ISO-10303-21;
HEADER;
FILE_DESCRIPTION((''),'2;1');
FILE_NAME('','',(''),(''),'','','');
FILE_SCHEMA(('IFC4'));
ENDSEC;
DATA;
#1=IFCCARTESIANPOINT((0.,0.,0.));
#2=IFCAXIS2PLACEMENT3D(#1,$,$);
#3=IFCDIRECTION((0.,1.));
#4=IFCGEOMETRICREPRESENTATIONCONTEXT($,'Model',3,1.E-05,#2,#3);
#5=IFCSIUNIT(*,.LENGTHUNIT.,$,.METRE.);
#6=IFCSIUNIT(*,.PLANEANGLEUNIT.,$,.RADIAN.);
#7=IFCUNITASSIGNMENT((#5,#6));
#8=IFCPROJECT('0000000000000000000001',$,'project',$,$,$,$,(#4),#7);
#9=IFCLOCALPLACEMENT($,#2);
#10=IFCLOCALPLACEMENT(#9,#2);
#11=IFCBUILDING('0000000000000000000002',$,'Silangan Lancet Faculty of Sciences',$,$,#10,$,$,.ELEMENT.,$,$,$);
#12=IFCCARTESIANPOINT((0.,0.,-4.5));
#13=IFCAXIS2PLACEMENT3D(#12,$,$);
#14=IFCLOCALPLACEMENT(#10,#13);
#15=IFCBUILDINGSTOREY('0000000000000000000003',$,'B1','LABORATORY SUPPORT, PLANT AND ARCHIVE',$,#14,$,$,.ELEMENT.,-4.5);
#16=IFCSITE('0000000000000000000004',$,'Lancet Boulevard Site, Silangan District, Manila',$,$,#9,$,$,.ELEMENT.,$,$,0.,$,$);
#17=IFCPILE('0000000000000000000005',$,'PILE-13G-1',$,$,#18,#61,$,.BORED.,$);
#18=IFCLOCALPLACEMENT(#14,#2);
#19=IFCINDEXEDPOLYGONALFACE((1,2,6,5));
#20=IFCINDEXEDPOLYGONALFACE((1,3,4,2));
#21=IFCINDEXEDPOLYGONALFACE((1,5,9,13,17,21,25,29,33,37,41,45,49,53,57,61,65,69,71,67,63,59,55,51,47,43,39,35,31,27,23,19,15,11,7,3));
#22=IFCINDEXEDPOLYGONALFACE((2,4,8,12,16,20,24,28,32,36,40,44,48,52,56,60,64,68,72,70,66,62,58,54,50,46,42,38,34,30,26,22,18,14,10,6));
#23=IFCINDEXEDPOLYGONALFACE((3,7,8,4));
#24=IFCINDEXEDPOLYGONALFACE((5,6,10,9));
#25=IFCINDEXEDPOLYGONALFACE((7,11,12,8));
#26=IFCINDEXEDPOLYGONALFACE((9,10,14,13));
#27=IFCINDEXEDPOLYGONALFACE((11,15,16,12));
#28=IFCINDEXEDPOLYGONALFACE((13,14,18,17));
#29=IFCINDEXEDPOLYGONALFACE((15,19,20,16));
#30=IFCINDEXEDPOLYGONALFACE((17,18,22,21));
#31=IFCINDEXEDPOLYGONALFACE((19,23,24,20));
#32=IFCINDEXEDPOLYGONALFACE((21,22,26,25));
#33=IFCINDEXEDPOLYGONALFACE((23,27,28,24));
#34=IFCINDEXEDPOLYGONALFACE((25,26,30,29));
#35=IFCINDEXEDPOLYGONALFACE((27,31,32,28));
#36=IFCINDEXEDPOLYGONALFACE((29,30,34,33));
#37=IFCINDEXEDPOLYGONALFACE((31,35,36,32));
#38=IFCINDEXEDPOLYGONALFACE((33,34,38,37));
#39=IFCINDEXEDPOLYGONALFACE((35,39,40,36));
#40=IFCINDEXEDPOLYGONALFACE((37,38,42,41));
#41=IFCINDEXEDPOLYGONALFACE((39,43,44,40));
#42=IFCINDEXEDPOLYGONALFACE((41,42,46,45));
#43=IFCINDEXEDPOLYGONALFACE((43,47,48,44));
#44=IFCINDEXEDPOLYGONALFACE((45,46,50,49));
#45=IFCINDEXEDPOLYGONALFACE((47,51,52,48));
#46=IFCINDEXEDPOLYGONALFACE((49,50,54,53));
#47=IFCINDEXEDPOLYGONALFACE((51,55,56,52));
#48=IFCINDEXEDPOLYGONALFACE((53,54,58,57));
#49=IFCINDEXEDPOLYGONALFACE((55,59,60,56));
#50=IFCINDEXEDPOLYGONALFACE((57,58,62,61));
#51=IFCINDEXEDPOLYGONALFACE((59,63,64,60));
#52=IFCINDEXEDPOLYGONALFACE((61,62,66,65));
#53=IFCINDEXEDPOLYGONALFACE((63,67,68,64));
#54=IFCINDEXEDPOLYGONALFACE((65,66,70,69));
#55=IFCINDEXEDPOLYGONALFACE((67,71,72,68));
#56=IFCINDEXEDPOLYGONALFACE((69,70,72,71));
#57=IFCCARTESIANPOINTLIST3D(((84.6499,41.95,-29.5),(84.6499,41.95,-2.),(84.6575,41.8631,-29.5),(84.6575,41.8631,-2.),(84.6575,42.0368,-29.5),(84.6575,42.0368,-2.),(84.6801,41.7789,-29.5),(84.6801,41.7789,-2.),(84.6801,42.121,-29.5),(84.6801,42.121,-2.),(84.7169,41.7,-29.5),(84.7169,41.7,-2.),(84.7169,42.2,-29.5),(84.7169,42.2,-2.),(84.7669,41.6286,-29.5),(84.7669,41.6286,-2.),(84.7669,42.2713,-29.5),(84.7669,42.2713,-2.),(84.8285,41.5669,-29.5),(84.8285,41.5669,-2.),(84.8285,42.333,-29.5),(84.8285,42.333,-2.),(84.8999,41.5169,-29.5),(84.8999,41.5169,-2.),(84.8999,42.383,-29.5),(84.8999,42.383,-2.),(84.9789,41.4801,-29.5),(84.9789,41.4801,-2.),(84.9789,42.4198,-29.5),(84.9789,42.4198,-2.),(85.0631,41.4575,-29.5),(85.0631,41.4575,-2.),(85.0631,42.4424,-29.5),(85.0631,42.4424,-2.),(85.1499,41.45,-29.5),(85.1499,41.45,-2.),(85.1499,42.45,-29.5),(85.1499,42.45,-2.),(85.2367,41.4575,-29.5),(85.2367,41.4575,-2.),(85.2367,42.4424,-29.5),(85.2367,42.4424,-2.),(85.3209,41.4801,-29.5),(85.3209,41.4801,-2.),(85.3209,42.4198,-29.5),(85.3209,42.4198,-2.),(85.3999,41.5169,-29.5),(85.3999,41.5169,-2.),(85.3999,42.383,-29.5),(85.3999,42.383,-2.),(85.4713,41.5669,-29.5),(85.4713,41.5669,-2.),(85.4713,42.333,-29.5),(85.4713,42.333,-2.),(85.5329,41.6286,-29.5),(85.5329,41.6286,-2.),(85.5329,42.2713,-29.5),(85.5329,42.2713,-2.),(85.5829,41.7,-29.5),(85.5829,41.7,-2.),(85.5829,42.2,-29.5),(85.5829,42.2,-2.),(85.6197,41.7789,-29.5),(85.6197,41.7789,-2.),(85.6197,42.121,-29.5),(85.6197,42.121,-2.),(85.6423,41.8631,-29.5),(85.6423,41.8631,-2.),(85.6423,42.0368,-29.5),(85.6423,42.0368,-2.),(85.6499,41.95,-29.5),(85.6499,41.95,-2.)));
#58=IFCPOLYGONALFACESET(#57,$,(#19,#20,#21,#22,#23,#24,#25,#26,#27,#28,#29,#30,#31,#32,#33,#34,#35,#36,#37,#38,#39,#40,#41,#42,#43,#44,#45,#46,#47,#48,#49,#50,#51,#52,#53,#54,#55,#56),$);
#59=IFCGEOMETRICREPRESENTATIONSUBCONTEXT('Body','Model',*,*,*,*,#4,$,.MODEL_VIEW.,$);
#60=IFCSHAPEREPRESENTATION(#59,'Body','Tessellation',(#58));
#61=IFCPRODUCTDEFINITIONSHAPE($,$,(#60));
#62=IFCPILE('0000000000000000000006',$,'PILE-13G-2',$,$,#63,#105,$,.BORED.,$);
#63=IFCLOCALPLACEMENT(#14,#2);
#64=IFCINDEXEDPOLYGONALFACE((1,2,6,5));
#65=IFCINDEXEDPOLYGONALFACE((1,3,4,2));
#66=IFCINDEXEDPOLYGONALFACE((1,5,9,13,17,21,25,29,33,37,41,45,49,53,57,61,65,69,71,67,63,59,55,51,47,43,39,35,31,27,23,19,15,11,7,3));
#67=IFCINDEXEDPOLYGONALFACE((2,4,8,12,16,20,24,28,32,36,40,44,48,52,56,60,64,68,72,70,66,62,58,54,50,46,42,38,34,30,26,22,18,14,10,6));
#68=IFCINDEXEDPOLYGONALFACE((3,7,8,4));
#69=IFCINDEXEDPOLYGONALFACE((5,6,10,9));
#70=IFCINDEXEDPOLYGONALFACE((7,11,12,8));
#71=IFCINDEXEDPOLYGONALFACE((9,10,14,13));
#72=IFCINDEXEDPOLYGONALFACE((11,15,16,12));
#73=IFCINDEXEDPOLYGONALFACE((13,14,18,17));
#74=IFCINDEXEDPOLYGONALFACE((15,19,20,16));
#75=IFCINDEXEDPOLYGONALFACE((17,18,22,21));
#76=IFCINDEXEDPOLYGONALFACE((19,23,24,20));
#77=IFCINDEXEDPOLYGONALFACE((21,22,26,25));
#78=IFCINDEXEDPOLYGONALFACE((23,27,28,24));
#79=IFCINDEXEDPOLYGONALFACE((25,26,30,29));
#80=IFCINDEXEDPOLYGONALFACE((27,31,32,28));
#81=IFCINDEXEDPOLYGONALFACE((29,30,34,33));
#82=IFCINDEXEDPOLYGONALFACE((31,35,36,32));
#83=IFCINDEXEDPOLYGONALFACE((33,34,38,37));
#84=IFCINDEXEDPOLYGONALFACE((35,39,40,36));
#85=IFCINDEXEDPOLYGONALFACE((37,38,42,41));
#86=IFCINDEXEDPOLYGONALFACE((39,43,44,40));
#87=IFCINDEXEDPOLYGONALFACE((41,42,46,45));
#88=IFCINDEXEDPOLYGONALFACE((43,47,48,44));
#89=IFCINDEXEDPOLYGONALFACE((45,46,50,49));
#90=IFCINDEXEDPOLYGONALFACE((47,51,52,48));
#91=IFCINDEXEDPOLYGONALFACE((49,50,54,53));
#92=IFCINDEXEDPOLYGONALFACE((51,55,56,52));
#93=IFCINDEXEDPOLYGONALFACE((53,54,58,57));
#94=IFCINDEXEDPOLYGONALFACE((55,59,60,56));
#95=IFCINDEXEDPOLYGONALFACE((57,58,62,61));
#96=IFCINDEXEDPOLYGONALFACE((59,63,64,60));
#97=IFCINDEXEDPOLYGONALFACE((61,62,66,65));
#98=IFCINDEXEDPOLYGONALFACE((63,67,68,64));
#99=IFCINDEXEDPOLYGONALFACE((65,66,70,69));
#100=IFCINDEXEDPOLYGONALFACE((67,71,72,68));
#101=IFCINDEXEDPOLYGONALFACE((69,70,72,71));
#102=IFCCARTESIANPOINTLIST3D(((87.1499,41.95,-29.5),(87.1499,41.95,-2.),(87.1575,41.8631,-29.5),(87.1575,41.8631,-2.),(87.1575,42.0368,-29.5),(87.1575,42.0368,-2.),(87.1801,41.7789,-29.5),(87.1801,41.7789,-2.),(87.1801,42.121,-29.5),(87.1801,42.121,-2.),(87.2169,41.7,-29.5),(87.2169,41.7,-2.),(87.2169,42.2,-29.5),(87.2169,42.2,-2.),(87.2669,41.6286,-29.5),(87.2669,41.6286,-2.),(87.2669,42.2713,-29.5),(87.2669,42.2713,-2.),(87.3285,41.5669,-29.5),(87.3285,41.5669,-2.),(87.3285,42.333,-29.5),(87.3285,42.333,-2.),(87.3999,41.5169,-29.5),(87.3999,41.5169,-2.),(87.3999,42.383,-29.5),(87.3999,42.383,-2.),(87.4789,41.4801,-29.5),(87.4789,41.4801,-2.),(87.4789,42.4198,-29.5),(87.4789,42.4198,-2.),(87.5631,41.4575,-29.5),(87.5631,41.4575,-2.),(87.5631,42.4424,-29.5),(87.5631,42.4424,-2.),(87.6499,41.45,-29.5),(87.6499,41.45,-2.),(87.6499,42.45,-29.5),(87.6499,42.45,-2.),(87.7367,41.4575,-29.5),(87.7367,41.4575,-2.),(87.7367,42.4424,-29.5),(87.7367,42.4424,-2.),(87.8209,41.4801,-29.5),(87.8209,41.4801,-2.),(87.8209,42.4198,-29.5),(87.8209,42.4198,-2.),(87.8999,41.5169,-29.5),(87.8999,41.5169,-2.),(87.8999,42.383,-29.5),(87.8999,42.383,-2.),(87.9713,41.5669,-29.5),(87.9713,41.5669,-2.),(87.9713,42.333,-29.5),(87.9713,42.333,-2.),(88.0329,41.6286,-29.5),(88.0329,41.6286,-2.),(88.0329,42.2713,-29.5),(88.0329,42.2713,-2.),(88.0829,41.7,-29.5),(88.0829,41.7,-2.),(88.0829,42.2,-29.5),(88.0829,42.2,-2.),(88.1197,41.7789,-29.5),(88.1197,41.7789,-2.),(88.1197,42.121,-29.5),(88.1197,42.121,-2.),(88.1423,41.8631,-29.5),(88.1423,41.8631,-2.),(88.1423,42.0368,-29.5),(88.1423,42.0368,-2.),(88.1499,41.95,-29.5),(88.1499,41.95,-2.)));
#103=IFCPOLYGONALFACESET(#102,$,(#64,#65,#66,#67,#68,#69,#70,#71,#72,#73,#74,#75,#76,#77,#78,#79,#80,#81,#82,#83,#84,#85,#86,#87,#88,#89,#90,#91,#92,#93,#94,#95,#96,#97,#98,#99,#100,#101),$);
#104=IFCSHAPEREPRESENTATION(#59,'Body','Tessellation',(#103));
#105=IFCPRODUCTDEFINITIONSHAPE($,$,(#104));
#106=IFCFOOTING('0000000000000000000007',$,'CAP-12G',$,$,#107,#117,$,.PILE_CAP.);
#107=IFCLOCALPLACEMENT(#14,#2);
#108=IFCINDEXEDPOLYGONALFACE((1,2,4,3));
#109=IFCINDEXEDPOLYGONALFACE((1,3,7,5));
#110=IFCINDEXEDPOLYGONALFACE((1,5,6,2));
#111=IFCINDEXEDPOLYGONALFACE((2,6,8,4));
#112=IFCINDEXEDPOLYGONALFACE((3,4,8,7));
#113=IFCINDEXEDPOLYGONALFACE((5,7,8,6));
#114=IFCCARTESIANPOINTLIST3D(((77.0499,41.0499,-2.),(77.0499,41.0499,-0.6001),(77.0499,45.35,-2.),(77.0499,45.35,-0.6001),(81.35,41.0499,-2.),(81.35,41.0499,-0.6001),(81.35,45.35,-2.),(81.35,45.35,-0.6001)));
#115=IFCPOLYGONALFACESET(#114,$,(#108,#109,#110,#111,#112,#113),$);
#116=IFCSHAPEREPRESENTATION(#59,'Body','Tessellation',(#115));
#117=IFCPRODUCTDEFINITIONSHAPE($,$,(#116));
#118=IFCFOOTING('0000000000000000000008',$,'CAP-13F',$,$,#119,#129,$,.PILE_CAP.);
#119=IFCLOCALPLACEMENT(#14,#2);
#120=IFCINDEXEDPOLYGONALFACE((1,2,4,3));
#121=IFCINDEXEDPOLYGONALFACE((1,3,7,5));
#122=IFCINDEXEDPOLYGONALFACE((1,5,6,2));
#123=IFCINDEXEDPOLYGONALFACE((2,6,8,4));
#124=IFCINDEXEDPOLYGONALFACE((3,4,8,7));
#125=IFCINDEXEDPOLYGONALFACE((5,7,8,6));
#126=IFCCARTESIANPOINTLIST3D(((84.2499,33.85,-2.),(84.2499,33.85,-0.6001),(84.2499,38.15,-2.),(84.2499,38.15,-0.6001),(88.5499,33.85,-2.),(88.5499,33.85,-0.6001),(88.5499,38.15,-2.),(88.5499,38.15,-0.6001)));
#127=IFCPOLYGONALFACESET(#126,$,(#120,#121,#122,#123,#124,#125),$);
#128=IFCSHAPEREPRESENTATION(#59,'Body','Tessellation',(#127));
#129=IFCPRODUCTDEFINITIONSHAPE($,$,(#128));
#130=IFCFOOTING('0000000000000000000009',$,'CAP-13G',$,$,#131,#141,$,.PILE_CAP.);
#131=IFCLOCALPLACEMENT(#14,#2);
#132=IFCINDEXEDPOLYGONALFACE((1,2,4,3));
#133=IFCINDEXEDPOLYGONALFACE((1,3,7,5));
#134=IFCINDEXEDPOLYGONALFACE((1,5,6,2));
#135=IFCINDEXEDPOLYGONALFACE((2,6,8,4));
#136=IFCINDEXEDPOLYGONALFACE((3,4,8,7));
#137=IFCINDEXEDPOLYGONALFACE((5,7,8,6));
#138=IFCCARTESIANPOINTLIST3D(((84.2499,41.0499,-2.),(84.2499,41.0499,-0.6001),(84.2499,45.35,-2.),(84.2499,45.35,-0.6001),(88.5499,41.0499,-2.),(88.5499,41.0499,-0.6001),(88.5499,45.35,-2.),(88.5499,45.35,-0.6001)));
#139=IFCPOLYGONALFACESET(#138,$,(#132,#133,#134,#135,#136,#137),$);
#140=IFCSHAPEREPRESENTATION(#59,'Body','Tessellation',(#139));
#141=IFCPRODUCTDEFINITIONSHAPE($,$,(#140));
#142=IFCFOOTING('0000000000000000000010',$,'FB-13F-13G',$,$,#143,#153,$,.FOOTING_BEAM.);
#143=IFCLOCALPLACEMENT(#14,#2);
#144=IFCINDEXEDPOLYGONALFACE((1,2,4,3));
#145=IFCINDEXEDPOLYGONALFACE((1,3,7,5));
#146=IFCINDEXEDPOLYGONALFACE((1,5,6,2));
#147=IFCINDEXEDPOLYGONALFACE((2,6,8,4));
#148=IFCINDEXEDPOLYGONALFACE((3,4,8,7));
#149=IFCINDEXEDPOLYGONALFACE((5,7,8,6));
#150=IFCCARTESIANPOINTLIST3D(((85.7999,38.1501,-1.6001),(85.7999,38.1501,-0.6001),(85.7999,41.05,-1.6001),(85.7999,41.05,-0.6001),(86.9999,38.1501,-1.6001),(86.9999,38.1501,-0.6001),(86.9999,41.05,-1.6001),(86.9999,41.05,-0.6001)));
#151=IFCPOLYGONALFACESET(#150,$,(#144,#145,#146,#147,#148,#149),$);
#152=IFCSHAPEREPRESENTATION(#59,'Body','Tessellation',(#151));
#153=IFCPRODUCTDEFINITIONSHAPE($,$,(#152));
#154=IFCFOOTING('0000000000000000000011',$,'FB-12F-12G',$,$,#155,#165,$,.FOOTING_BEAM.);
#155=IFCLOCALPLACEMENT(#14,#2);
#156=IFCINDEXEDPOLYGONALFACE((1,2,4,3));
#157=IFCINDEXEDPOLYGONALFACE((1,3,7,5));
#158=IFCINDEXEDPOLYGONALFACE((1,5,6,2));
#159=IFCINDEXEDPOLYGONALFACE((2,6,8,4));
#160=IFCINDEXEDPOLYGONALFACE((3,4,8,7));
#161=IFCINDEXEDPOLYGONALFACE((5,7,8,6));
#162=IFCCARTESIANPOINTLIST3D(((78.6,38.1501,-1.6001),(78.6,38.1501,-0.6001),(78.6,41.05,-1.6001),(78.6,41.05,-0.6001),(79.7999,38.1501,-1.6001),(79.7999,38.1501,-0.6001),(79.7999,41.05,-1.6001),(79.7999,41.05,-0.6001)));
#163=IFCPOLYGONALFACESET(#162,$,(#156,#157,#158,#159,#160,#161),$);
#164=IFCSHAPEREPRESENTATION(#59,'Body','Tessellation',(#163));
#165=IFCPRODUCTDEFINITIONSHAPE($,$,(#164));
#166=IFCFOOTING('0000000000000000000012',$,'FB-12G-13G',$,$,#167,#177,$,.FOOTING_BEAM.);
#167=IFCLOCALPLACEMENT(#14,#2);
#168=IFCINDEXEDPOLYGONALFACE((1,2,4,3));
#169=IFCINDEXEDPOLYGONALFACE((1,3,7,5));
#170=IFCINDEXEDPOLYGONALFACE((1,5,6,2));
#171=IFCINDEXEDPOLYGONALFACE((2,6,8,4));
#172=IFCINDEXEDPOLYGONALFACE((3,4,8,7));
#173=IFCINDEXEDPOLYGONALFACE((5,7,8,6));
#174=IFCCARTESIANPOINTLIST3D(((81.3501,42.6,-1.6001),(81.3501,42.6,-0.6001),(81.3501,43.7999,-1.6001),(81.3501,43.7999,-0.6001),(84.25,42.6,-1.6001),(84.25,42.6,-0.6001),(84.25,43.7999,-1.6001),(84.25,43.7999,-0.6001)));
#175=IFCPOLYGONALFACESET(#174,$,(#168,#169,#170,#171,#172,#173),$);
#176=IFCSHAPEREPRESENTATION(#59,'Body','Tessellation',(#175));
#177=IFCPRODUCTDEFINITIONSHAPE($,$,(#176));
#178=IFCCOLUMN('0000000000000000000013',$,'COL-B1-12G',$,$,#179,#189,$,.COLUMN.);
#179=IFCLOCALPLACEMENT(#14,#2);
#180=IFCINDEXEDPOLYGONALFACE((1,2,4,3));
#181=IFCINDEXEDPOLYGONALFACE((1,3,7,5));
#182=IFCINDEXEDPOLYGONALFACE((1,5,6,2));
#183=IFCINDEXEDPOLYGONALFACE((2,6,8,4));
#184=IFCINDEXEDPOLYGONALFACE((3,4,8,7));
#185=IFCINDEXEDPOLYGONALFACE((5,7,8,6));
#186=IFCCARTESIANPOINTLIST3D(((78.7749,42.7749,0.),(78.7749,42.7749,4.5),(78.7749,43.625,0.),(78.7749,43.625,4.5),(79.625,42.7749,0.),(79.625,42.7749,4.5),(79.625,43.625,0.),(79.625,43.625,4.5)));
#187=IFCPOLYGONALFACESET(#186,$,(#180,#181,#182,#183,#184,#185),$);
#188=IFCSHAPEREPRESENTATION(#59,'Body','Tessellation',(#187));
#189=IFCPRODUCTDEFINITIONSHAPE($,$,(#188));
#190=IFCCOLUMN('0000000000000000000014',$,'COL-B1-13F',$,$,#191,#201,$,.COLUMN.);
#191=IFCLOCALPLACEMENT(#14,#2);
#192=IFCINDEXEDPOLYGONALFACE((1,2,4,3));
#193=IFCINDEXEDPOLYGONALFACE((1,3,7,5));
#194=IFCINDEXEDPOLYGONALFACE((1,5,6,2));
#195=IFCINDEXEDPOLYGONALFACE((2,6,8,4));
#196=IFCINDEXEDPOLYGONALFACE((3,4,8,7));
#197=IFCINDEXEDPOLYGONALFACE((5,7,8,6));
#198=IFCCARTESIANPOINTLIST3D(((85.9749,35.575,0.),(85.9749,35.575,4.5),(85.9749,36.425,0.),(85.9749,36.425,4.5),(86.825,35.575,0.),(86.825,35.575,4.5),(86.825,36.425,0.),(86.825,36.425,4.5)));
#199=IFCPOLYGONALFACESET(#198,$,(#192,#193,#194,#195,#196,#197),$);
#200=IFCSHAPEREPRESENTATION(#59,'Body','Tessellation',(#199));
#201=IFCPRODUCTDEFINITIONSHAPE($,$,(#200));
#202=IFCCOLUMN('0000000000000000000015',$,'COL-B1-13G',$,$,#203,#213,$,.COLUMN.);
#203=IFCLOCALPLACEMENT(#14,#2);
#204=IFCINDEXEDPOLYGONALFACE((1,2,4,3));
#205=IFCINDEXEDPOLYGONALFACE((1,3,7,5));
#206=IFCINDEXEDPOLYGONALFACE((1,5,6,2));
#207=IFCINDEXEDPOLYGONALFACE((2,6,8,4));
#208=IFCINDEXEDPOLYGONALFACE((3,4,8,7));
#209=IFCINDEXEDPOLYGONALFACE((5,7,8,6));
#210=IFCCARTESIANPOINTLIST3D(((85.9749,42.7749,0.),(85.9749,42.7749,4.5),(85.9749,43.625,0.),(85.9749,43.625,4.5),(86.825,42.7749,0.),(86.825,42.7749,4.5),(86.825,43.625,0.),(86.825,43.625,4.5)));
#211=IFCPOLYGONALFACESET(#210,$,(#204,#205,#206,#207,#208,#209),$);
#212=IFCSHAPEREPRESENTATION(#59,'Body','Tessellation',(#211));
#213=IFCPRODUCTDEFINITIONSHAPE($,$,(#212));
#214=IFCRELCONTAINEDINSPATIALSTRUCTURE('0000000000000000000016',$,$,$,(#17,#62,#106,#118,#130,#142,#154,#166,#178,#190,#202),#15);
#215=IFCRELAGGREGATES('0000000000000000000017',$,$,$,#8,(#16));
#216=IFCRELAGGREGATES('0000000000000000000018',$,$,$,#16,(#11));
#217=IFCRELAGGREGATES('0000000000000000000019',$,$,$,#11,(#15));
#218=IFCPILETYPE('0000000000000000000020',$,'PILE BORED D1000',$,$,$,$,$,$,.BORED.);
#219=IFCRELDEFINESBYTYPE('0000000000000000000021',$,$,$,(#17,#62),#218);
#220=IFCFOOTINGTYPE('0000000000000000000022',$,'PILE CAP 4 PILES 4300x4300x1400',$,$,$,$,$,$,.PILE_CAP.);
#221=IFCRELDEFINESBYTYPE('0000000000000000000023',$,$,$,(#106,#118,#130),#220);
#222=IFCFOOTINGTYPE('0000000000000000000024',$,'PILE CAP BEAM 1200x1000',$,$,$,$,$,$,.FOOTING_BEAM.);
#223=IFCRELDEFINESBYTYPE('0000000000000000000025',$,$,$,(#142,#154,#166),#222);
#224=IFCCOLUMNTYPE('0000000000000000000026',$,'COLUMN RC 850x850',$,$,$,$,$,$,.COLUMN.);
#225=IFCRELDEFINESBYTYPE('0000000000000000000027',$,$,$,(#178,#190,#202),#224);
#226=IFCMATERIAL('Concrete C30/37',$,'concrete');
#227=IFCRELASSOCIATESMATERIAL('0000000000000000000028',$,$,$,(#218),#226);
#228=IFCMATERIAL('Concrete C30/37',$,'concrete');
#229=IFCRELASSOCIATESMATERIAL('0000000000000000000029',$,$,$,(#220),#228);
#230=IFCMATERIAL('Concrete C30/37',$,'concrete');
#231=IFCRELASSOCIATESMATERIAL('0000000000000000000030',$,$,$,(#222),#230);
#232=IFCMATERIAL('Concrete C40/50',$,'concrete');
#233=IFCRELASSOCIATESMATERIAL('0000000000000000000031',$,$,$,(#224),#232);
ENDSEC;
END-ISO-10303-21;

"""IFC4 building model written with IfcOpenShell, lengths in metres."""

from ifc_helpers import new_model, si_unit, direction, frame, origin, origin_2d, place, context, subcontext, project, spatial, rectangle, circle, extrude, material, material_profile, profile_set, type_object, element, save


model = new_model("IFC4")

# Units and contexts
model_context = context("Model", 3, precision=1e-05, world=origin(), true_north=direction((0.0, 1.0)))
body_context = subcontext(model_context, "Body", "Model", "MODEL_VIEW")
ifc_project = project(units=[si_unit("LENGTHUNIT", "METRE"), si_unit("PLANEANGLEUNIT", "RADIAN")], contexts=[model_context])

# Site, building, storey
site_placement = place(None, origin())
site = spatial("IfcSite", under=ifc_project, at=site_placement, Name="Lancet Boulevard Site, Silangan District, Manila", CompositionType="ELEMENT", RefElevation=0.0)
building_placement = place(site_placement, origin())
building = spatial("IfcBuilding", under=site, at=building_placement, Name="Silangan Lancet Faculty of Sciences", CompositionType="ELEMENT")
storey_placement = place(building_placement, frame((0.0, 0.0, -4.5)))
storey = spatial("IfcBuildingStorey", under=building, at=storey_placement, Name="B1", Description="LABORATORY SUPPORT, PLANT AND ARCHIVE", CompositionType="ELEMENT", Elevation=-4.5)

# Piles
ifc_material_1 = material(Name="Concrete C30/37", Category="concrete")
ifc_material_profile_1 = material_profile(ifc_material_1, circle(Radius=0.5, at=origin_2d()), Name="BORED PILE D1000")
ifc_profile_set_1 = profile_set([ifc_material_profile_1], Name="Concrete C30/37")
pile_type = type_object("IfcPileType", Name="PILE BORED D1000", PredefinedType="BORED", material=ifc_profile_set_1)
for number, where, z_axis, x_axis, name in (
    (1, (85.1499, 41.95, -2.0), (0.0, 0.0, -1.0), (1.0, 0.0, 0.0), "PILE-13G-1"),
    (2, (87.6499, 41.95, -2.0), (0.0, 0.0, -1.0), (1.0, 0.0, 0.0), "PILE-13G-2"),
):
    element("IfcPile", number, at=place(storey_placement, frame(where, z_axis=z_axis, x_axis=x_axis)), inside=storey, type_object=pile_type, Name=name, PredefinedType="BORED", context=body_context, shape_type="SweptSolid", body=[
        extrude(circle(Radius=0.5, at=origin_2d()), origin(), (0.0, 0.0, 1.0), 27.5),
    ])

# Footings
ifc_material_2 = material(Name="Concrete C30/37", Category="concrete")
footing_type_1 = type_object("IfcFootingType", Name="PILE CAP 4 PILES 4300x4300x1400", PredefinedType="PILE_CAP", material=ifc_material_2)
for number, where, z_axis, x_axis, name in (
    (3, (79.2, 43.2, -2.0), (0.0, 0.0, 1.0), (1.0, 0.0, 0.0), "CAP-12G"),
    (4, (86.3999, 36.0, -2.0), (0.0, 0.0, 1.0), (1.0, 0.0, 0.0), "CAP-13F"),
    (5, (86.3999, 43.2, -2.0), (0.0, 0.0, 1.0), (1.0, 0.0, 0.0), "CAP-13G"),
):
    element("IfcFooting", number, at=place(storey_placement, frame(where, z_axis=z_axis, x_axis=x_axis)), inside=storey, type_object=footing_type_1, Name=name, PredefinedType="PILE_CAP", context=body_context, shape_type="SweptSolid", body=[
        extrude(rectangle(XDim=4.3, YDim=4.3, at=origin_2d()), origin(), (0.0, 0.0, 1.0), 1.3999),
    ])
ifc_material_3 = material(Name="Concrete C30/37", Category="concrete")
footing_type_2 = type_object("IfcFootingType", Name="PILE CAP BEAM 1200x1000", PredefinedType="FOOTING_BEAM", material=ifc_material_3)
for number, where, z_axis, x_axis, name in (
    (6, (86.3999, 39.6001, -1.6001), (0.0, 0.0, 1.0), (0.0, 1.0, 0.0), "FB-13F-13G"),
    (7, (79.2, 39.6001, -1.6001), (0.0, 0.0, 1.0), (0.0, 1.0, 0.0), "FB-12F-12G"),
    (8, (82.8, 43.2, -1.6001), (0.0, 0.0, 1.0), (1.0, 0.0, 0.0), "FB-12G-13G"),
):
    element("IfcFooting", number, at=place(storey_placement, frame(where, z_axis=z_axis, x_axis=x_axis)), inside=storey, type_object=footing_type_2, Name=name, PredefinedType="FOOTING_BEAM", context=body_context, shape_type="SweptSolid", body=[
        extrude(rectangle(XDim=2.8999, YDim=1.2, at=origin_2d()), origin(), (0.0, 0.0, 1.0), 1.0),
    ])

# Columns
ifc_material_4 = material(Name="Concrete C40/50", Category="concrete")
ifc_material_profile_2 = material_profile(ifc_material_4, rectangle(XDim=0.8501, YDim=0.8501, at=origin_2d()), Name="RC 850x850")
ifc_profile_set_2 = profile_set([ifc_material_profile_2], Name="Concrete C40/50")
column_type = type_object("IfcColumnType", Name="COLUMN RC 850x850", PredefinedType="COLUMN", material=ifc_profile_set_2)
for number, where, z_axis, x_axis, name in (
    (9, (79.2, 43.2, 0.0), (0.0, 0.0, 1.0), (1.0, 0.0, 0.0), "COL-B1-12G"),
    (10, (86.3999, 36.0, 0.0), (0.0, 0.0, 1.0), (1.0, 0.0, 0.0), "COL-B1-13F"),
    (11, (86.3999, 43.2, 0.0), (0.0, 0.0, 1.0), (1.0, 0.0, 0.0), "COL-B1-13G"),
):
    element("IfcColumn", number, at=place(storey_placement, frame(where, z_axis=z_axis, x_axis=x_axis)), inside=storey, type_object=column_type, Name=name, PredefinedType="COLUMN", context=body_context, shape_type="SweptSolid", body=[
        extrude(rectangle(XDim=0.8501, YDim=0.8501, at=origin_2d()), origin(), (0.0, 0.0, 1.0), 4.5),
    ])

save(model, "model.ifc")
